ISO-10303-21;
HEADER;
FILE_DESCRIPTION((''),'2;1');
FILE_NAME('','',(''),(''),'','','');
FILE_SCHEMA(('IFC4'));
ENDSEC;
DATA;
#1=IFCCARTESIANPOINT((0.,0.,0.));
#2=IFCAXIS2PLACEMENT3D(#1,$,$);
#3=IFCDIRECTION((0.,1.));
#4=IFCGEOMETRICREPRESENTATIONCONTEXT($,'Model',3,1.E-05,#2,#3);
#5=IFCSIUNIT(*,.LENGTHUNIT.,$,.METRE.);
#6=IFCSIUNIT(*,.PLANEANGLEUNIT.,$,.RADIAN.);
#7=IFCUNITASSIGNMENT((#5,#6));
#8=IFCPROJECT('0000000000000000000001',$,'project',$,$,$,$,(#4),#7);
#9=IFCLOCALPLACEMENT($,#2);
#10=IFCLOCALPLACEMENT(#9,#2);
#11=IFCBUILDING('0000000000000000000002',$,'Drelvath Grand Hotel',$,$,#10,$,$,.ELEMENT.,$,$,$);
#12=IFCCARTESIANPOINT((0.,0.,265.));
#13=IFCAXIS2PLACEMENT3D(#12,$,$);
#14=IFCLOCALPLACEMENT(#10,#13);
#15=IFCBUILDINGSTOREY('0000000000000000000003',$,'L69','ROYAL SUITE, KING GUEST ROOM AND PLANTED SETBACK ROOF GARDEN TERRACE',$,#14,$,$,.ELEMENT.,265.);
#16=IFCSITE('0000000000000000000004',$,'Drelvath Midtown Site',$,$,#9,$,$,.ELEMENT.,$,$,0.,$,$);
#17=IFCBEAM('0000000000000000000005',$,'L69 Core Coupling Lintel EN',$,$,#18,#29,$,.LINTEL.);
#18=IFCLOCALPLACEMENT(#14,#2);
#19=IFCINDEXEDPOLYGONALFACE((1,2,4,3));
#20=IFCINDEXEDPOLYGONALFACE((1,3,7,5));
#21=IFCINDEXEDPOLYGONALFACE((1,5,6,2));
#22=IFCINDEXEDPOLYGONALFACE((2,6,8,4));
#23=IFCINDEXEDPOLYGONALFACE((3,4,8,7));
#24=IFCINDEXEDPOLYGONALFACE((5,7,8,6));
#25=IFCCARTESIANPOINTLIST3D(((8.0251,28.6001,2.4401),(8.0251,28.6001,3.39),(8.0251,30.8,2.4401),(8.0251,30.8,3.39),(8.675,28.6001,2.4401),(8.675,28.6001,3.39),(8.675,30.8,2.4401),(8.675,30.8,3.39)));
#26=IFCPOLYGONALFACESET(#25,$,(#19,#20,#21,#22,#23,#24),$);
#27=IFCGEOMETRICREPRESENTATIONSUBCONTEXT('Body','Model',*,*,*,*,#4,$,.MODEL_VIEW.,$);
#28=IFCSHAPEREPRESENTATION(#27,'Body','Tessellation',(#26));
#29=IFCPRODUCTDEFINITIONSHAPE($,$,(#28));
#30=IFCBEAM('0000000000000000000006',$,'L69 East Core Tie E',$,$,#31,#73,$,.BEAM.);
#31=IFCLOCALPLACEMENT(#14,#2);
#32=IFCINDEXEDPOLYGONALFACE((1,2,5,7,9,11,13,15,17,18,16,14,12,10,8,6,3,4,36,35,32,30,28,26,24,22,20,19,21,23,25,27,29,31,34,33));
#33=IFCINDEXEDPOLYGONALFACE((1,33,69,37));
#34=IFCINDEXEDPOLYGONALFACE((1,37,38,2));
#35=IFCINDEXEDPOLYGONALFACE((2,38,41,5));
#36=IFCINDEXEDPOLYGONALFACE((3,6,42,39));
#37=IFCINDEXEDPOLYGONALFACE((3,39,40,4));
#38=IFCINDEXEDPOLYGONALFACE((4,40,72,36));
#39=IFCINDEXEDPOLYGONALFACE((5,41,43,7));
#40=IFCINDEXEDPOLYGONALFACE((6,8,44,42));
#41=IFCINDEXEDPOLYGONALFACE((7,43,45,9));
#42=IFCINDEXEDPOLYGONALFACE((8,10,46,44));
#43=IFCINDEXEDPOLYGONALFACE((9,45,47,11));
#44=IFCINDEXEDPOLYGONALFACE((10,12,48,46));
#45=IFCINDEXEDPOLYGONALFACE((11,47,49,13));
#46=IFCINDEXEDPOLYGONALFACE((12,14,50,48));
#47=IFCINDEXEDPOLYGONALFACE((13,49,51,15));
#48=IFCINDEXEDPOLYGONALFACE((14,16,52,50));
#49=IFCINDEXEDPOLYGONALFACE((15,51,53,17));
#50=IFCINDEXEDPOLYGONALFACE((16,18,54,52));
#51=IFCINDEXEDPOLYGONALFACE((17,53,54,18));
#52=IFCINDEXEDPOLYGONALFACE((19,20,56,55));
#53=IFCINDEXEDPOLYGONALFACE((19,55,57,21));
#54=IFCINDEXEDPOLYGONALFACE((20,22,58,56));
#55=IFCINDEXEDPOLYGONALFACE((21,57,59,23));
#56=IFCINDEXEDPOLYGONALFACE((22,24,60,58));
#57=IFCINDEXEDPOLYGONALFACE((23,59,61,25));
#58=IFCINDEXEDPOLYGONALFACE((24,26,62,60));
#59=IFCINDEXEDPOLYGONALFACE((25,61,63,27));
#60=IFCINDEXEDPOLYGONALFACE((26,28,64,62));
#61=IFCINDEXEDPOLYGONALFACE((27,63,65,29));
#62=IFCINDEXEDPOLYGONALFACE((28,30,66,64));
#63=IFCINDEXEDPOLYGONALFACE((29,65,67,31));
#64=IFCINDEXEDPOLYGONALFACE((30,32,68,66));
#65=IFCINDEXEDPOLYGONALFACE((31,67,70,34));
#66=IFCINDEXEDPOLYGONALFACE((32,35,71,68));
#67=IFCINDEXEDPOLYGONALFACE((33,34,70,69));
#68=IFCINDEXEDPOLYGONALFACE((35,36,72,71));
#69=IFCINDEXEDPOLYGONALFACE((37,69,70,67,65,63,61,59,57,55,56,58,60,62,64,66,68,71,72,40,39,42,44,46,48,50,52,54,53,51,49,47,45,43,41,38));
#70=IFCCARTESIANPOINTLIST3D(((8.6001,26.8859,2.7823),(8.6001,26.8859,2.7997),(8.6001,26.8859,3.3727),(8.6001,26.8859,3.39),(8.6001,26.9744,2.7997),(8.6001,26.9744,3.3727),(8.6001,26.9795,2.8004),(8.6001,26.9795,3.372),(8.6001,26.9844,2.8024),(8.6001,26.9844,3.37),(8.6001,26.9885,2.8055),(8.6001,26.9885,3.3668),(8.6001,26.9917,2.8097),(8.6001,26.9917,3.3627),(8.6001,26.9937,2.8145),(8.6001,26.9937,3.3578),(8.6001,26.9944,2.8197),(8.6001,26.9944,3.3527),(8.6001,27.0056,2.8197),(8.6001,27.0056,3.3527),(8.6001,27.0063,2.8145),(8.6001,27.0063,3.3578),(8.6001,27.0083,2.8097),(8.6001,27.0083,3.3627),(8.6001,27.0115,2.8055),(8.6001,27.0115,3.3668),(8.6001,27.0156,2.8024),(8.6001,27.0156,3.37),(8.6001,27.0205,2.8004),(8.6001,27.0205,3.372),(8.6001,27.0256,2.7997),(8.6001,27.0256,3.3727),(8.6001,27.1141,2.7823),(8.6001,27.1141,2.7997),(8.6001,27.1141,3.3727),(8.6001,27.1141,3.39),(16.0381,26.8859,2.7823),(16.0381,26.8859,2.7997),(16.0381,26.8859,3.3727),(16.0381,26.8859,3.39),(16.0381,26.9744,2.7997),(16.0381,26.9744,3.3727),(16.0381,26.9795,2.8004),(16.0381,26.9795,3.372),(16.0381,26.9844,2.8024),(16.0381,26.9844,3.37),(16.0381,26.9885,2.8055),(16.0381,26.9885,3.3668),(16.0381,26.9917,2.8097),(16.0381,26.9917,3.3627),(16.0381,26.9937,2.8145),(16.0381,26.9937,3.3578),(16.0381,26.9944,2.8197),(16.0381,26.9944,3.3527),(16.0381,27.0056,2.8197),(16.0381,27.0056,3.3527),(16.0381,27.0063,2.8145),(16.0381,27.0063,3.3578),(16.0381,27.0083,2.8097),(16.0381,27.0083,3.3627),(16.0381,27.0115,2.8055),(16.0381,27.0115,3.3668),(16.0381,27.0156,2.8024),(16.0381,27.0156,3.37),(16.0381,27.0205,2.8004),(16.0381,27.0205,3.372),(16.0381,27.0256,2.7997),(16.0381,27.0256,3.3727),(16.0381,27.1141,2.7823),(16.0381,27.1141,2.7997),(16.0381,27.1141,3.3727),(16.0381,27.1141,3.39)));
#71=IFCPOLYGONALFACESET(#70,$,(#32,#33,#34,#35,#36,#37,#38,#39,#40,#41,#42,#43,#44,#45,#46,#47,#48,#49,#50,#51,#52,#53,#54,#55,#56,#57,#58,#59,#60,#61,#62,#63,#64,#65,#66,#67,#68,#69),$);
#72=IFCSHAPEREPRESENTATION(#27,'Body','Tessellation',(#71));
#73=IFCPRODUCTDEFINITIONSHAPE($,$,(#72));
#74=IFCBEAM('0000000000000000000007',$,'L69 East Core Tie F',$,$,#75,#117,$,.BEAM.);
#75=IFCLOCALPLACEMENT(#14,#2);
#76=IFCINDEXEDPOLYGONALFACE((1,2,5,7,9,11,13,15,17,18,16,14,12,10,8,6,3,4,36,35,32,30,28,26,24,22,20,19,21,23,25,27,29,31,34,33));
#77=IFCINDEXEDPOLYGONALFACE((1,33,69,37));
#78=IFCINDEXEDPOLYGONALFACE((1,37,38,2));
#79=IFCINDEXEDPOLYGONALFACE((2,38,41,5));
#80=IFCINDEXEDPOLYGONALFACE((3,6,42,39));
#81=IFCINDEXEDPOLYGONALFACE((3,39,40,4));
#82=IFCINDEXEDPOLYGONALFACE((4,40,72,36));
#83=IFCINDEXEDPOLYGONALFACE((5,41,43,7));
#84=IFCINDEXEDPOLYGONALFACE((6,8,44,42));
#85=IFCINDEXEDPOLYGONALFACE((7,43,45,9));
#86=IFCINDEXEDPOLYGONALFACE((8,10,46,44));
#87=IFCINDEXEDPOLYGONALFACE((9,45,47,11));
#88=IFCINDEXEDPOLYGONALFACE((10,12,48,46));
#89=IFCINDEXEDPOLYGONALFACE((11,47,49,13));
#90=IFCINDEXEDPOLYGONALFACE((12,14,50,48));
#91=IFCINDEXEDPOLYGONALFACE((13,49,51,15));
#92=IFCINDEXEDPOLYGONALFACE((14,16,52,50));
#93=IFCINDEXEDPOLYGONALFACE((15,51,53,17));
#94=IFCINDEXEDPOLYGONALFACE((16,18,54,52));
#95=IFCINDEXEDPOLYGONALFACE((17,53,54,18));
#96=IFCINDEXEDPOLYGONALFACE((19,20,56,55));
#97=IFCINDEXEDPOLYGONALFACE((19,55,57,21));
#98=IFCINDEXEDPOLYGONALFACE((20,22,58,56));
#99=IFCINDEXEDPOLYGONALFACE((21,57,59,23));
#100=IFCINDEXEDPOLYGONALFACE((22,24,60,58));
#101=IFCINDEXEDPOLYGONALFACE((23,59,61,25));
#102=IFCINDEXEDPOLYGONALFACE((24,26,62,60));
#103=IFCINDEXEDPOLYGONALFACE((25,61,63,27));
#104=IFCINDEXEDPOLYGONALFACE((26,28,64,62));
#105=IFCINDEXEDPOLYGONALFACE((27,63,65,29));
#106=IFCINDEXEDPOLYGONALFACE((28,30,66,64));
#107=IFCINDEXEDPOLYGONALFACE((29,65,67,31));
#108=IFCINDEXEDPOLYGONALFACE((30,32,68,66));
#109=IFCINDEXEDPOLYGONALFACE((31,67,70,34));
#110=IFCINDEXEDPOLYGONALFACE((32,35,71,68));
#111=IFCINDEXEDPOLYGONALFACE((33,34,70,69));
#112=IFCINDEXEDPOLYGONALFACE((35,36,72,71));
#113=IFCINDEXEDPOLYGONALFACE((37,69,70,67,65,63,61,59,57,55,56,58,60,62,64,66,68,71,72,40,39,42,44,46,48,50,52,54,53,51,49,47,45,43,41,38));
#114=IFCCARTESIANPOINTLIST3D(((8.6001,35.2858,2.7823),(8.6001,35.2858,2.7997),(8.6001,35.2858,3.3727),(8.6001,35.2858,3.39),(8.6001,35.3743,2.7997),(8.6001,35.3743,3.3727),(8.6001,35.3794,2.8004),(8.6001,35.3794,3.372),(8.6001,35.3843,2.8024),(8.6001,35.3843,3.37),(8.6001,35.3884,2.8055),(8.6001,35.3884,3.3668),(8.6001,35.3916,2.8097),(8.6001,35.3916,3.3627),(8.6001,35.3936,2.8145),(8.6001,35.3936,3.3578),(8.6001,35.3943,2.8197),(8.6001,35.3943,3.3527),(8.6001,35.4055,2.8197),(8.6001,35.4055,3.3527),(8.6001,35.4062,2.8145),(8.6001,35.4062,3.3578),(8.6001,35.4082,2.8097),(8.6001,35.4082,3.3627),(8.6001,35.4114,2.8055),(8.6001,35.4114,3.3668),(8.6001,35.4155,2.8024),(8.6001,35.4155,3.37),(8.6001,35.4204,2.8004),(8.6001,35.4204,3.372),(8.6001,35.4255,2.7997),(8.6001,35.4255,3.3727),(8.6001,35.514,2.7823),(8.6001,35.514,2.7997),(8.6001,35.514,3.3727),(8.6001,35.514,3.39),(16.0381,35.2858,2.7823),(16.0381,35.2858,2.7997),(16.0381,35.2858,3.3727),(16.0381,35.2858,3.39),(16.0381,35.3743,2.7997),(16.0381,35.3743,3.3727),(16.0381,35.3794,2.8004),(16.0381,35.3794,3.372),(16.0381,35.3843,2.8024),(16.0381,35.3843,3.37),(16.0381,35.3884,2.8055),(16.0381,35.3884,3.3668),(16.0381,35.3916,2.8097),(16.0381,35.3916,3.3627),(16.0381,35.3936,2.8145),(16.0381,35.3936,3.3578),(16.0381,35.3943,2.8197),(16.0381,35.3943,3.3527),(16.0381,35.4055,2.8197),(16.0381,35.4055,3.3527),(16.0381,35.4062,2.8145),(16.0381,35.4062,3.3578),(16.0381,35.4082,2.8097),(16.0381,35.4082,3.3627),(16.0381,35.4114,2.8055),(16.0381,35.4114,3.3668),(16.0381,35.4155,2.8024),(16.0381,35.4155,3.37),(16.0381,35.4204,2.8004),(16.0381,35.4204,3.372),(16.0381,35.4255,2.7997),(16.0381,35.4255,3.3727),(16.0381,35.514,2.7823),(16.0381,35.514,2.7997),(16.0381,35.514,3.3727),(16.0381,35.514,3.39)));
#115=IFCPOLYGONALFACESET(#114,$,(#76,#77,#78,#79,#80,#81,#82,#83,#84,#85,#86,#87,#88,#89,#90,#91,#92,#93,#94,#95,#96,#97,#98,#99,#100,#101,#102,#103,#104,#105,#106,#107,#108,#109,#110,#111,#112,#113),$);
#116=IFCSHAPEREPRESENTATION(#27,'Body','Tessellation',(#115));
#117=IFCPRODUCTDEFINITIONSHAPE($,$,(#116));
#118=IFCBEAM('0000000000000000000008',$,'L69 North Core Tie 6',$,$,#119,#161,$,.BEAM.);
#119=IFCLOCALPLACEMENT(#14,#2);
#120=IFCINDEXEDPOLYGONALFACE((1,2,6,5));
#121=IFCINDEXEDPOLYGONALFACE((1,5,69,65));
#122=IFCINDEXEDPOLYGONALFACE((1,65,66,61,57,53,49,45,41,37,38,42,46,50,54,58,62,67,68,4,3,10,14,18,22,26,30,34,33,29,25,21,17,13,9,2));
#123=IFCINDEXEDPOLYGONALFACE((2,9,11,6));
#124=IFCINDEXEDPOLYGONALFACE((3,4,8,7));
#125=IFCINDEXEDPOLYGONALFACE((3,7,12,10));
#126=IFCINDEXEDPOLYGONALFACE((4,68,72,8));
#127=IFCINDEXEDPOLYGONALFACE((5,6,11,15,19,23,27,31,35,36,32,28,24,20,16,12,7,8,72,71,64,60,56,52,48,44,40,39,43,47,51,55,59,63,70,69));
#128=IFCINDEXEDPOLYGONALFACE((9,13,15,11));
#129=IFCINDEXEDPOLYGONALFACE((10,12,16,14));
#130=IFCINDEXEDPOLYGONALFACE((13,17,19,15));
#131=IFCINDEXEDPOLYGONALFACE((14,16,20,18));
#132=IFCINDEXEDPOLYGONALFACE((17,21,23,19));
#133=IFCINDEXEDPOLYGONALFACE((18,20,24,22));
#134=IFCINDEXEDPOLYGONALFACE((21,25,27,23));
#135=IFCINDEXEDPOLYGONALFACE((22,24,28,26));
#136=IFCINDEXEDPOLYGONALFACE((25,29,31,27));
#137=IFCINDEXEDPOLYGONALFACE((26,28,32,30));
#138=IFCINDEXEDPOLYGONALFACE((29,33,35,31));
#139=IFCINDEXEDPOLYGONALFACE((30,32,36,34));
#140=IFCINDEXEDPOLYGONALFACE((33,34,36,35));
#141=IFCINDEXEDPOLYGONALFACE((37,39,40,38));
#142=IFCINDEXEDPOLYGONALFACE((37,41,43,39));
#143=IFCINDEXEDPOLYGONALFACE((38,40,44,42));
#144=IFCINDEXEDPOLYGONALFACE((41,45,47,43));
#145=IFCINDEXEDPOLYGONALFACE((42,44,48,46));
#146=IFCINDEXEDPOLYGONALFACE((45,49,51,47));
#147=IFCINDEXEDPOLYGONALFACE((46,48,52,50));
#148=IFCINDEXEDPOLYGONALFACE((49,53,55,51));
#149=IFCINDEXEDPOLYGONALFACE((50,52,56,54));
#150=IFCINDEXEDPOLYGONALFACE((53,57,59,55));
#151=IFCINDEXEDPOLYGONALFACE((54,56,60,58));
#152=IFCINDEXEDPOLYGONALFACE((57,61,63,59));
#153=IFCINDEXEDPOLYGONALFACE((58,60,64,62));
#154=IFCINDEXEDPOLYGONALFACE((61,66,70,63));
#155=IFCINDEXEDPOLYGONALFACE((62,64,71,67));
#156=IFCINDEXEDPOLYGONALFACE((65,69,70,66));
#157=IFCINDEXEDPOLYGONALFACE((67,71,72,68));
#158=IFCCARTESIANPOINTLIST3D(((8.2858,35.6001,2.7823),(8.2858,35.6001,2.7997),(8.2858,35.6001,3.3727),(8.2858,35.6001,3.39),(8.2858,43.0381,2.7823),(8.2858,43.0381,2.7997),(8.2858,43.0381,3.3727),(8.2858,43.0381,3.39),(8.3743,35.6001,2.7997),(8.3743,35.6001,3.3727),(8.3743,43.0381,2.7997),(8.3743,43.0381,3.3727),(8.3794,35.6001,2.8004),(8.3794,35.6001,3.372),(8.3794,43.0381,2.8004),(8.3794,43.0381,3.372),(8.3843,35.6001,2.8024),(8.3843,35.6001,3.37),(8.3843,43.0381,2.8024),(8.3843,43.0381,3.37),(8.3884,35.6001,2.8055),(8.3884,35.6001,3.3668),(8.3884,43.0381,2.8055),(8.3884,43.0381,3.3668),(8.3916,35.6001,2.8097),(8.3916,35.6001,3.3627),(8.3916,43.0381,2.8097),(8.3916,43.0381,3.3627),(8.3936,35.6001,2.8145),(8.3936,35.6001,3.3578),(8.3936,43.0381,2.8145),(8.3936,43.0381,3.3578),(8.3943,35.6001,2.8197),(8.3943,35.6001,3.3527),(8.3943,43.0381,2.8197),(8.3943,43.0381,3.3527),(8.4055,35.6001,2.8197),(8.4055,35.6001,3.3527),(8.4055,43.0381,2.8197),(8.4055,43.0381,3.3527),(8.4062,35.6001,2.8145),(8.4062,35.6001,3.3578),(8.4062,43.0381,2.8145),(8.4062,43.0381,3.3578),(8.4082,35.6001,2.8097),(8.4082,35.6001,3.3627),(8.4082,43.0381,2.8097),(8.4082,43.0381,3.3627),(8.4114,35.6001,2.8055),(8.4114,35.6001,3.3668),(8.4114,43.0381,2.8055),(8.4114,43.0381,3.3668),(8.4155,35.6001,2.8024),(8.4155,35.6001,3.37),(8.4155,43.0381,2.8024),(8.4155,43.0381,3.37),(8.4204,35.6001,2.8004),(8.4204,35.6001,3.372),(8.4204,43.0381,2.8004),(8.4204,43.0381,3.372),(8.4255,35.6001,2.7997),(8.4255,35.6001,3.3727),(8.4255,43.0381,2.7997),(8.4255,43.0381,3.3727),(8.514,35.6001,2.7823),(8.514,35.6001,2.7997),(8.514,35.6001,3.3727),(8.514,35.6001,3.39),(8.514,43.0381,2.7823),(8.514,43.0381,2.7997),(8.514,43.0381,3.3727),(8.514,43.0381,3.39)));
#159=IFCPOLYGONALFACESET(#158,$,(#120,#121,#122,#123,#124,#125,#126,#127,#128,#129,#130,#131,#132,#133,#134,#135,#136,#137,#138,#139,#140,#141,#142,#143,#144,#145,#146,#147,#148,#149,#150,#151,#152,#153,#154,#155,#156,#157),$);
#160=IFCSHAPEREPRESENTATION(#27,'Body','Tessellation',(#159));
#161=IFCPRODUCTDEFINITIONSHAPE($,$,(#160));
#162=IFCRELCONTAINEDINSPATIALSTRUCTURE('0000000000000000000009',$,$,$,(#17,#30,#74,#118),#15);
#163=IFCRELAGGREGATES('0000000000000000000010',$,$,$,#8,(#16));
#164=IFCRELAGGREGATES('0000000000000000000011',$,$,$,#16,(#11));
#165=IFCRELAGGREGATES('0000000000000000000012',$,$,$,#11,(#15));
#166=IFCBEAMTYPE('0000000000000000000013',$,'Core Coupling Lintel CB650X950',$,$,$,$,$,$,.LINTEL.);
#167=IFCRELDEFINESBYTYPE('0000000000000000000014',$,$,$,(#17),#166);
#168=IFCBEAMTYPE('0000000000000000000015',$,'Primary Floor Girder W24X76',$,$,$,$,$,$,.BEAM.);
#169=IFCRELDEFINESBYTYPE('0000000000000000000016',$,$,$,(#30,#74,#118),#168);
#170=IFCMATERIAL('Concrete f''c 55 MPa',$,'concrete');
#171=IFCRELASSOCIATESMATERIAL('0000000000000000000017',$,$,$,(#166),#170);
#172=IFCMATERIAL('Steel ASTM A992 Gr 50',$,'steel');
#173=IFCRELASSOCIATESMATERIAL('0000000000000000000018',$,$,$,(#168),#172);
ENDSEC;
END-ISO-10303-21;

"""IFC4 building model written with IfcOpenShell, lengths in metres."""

from ifc_helpers import new_model, si_unit, direction, frame, origin, origin_2d, place, context, subcontext, project, spatial, rectangle, i_section, extrude, material, material_profile, profile_set, type_object, element, save


model = new_model("IFC4")

# Units and contexts
model_context = context("Model", 3, precision=1e-05, world=origin(), true_north=direction((0.0, 1.0)))
body_context = subcontext(model_context, "Body", "Model", "MODEL_VIEW")
ifc_project = project(units=[si_unit("LENGTHUNIT", "METRE"), si_unit("PLANEANGLEUNIT", "RADIAN")], contexts=[model_context])

# Site, building, storey
site_placement = place(None, origin())
site = spatial("IfcSite", under=ifc_project, at=site_placement, Name="Drelvath Midtown Site", CompositionType="ELEMENT", RefElevation=0.0)
building_placement = place(site_placement, origin())
building = spatial("IfcBuilding", under=site, at=building_placement, Name="Drelvath Grand Hotel", CompositionType="ELEMENT")
storey_placement = place(building_placement, frame((0.0, 0.0, 265.0)))
storey = spatial("IfcBuildingStorey", under=building, at=storey_placement, Name="L69", Description="ROYAL SUITE, KING GUEST ROOM AND PLANTED SETBACK ROOF GARDEN TERRACE", CompositionType="ELEMENT", Elevation=265.0)

# Beams
ifc_material_1 = material(Name="Concrete f'c 55 MPa", Category="concrete")
ifc_material_profile_1 = material_profile(ifc_material_1, rectangle(XDim=0.6499, YDim=0.95, at=origin_2d()), Name="CB650X950")
ifc_profile_set_1 = profile_set([ifc_material_profile_1], Name="Concrete f'c 55 MPa")
beam_type_1 = type_object("IfcBeamType", Name="Core Coupling Lintel CB650X950", PredefinedType="LINTEL", material=ifc_profile_set_1)
beam_placement = place(storey_placement, frame((8.3501, 28.6001, 2.915), z_axis=(0.0, 1.0, 0.0), x_axis=(-1.0, 0.0, 0.0)))
element("IfcBeam", 1, at=beam_placement, inside=storey, type_object=beam_type_1, Name="L69 Core Coupling Lintel EN", PredefinedType="LINTEL", context=body_context, shape_type="SweptSolid", body=[
    extrude(rectangle(XDim=0.6499, YDim=0.95, at=origin_2d()), origin(), (0.0, 0.0, 1.0), 2.2),
])
ifc_material_2 = material(Name="Steel ASTM A992 Gr 50", Category="steel")
ifc_material_profile_2 = material_profile(ifc_material_2, i_section(OverallWidth=0.2283, OverallDepth=0.6077, WebThickness=0.0112, FlangeThickness=0.0173, FilletRadius=0.02, at=origin_2d()), Name="W24X76")
ifc_profile_set_2 = profile_set([ifc_material_profile_2], Name="Steel ASTM A992 Gr 50")
beam_type_2 = type_object("IfcBeamType", Name="Primary Floor Girder W24X76", PredefinedType="BEAM", material=ifc_profile_set_2)
for number, where, z_axis, x_axis, name in (
    (2, (8.6001, 27.0, 3.0862), (1.0, 0.0, 0.0), (0.0, 1.0, 0.0), "L69 East Core Tie E"),
    (3, (8.6001, 35.3999, 3.0862), (1.0, 0.0, 0.0), (0.0, 1.0, 0.0), "L69 East Core Tie F"),
    (4, (8.3999, 35.6001, 3.0862), (0.0, 1.0, 0.0), (-1.0, 0.0, 0.0), "L69 North Core Tie 6"),
):
    element("IfcBeam", number, at=place(storey_placement, frame(where, z_axis=z_axis, x_axis=x_axis)), inside=storey, type_object=beam_type_2, Name=name, PredefinedType="BEAM", context=body_context, shape_type="SweptSolid", body=[
        extrude(i_section(OverallWidth=0.2283, OverallDepth=0.6077, WebThickness=0.0112, FlangeThickness=0.0173, FilletRadius=0.02, at=origin_2d()), origin(), (0.0, 0.0, 1.0), 7.438),
    ])

save(model, "model.ifc")
